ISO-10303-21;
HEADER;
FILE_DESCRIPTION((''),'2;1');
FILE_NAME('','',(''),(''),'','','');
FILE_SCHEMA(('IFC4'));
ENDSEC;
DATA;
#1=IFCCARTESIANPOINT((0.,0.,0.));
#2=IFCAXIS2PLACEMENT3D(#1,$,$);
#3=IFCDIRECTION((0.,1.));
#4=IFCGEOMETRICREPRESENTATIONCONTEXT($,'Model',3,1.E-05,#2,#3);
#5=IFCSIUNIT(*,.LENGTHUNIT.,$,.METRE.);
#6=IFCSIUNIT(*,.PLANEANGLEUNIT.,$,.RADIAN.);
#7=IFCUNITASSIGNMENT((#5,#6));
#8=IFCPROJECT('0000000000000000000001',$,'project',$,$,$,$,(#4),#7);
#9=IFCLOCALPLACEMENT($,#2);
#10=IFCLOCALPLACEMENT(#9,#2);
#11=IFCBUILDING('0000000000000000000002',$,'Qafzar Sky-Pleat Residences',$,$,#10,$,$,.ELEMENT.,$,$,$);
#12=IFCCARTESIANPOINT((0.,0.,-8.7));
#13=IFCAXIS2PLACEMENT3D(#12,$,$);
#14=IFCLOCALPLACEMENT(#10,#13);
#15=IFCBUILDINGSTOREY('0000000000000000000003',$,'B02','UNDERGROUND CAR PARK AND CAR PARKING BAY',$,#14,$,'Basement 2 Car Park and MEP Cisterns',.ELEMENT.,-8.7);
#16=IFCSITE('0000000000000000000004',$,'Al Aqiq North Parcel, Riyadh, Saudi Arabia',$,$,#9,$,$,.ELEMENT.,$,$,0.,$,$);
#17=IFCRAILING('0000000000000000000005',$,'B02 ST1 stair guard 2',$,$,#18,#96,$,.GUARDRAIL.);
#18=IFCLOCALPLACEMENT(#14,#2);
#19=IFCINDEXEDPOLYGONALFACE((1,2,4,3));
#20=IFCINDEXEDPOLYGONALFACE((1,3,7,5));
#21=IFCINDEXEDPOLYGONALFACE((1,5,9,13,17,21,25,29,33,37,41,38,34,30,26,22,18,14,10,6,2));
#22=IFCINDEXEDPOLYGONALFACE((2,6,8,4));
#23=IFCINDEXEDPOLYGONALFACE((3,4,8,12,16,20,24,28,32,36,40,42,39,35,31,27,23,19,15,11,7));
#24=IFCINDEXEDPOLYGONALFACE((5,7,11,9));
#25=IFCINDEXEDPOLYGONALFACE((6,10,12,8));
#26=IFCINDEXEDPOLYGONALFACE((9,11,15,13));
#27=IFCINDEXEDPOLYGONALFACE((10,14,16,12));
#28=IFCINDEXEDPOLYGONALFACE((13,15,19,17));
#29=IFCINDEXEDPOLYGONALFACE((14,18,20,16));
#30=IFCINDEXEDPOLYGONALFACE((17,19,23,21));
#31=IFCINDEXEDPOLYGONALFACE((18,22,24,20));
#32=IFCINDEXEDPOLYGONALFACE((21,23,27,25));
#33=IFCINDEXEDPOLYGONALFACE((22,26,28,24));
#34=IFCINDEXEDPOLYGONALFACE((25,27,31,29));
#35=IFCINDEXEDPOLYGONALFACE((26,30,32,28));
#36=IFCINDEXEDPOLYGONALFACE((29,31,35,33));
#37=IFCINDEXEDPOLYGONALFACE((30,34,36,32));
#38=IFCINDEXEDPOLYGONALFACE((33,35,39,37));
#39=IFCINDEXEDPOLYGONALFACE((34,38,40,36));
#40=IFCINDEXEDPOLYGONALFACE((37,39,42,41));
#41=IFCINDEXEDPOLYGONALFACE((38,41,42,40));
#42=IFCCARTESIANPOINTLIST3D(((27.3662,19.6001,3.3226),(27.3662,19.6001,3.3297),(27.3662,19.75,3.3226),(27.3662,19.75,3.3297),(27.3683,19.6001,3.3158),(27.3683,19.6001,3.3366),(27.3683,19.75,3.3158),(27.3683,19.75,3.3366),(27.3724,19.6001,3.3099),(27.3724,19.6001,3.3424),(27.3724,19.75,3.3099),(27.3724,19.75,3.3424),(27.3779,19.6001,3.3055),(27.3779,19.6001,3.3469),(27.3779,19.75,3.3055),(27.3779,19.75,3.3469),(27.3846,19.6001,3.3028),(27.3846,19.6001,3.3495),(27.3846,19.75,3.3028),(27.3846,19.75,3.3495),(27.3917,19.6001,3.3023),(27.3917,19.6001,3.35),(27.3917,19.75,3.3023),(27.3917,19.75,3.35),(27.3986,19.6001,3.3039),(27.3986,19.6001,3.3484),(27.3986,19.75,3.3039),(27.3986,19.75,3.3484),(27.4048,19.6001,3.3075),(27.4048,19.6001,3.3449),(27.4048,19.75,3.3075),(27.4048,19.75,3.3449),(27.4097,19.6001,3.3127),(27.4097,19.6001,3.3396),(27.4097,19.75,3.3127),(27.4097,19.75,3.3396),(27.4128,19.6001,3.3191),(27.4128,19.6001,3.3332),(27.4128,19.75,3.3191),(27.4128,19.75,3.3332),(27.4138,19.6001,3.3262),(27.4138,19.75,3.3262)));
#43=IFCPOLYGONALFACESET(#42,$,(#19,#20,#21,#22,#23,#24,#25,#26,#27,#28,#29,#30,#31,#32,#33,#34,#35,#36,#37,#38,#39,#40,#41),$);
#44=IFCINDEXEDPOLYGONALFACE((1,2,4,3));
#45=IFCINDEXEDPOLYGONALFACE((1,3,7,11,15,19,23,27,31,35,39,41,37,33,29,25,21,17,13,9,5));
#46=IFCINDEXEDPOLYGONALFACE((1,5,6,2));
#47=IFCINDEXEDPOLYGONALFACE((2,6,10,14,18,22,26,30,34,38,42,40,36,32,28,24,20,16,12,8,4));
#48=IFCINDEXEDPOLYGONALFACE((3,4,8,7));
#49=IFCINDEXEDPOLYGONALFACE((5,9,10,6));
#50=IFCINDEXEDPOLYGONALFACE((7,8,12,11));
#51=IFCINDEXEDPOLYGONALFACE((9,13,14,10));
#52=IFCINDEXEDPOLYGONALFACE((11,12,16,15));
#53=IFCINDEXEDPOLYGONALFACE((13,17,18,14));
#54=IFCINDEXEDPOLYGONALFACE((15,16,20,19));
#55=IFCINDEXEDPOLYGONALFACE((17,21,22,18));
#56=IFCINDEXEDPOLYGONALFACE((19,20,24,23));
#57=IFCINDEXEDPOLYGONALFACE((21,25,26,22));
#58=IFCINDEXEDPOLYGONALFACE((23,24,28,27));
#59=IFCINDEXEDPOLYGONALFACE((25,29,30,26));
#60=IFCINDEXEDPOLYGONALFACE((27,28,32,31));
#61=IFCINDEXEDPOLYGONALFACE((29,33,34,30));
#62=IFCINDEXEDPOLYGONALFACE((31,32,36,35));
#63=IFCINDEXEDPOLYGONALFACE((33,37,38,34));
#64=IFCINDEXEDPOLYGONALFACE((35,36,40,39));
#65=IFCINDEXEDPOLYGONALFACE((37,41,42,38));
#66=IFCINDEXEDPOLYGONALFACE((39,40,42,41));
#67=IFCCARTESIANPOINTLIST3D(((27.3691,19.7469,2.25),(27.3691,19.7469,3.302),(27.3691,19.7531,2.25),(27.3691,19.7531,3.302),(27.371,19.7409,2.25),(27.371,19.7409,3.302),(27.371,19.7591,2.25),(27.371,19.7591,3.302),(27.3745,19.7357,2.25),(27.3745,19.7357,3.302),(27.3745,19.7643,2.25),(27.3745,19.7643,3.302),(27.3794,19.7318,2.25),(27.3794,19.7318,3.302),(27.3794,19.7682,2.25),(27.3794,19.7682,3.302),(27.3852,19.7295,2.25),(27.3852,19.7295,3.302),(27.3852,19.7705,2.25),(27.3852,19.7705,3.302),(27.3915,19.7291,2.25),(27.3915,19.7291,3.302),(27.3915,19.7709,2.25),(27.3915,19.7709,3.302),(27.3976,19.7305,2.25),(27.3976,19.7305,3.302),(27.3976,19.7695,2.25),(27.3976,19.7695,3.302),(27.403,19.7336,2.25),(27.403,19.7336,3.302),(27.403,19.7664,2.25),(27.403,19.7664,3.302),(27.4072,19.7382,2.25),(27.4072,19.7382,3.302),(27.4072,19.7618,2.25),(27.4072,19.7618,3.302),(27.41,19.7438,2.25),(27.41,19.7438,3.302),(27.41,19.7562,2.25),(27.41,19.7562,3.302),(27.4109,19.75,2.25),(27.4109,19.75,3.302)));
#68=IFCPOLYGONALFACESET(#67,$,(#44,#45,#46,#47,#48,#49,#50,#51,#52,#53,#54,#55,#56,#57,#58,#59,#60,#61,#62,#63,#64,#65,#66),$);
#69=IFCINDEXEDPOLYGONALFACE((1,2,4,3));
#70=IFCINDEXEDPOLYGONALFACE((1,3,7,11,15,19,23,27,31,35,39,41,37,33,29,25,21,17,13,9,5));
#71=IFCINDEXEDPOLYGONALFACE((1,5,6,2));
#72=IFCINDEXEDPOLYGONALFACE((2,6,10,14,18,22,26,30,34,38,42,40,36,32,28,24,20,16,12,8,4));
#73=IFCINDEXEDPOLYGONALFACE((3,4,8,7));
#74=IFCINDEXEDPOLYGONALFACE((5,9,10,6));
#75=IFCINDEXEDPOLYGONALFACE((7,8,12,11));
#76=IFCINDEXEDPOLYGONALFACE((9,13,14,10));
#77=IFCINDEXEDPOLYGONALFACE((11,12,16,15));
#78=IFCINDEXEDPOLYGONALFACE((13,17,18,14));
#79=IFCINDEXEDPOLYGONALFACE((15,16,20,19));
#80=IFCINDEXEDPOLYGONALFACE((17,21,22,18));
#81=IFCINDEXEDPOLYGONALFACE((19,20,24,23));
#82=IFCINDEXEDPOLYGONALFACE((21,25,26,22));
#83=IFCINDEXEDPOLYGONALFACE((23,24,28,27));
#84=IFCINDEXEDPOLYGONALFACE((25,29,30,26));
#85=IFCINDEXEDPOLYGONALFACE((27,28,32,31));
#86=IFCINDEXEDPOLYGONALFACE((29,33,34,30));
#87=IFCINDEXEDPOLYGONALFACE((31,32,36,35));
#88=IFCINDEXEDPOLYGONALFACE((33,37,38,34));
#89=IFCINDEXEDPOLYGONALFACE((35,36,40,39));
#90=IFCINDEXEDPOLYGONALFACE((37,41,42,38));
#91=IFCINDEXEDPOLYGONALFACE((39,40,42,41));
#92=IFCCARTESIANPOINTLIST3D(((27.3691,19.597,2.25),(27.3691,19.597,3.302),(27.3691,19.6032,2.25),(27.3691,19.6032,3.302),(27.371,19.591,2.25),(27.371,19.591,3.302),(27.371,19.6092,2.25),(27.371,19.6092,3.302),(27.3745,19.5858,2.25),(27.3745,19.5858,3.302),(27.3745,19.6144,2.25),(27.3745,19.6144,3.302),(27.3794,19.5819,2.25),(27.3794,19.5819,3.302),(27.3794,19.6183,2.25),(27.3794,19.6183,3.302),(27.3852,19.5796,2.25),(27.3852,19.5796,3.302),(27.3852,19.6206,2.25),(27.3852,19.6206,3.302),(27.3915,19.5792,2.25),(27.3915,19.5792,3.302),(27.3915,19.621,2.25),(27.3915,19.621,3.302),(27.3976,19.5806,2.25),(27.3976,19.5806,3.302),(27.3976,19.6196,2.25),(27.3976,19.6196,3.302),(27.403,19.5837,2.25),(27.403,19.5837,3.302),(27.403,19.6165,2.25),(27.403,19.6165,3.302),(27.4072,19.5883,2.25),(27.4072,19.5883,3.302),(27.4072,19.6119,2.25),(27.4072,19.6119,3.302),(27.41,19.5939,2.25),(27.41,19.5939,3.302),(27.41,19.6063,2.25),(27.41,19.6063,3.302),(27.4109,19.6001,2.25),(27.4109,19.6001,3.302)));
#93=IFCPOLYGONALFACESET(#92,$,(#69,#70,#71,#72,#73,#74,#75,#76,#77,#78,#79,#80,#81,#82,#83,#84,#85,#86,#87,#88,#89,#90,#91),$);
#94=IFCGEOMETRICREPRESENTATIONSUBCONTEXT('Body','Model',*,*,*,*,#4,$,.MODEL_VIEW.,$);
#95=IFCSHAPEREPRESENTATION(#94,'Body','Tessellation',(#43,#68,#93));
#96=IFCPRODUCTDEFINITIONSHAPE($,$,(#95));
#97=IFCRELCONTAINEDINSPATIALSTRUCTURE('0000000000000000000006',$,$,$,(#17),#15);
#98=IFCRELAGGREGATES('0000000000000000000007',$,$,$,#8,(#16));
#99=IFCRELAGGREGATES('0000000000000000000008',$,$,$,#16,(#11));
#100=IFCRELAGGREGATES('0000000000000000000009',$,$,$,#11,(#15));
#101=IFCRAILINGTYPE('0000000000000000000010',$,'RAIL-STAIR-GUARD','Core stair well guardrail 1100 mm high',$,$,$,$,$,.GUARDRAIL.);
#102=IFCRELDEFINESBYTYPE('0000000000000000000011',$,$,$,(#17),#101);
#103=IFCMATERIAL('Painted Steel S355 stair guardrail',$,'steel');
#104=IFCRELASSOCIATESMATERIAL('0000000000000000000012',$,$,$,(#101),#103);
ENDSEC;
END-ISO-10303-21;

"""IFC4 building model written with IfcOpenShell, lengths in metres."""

from ifc_helpers import new_model, si_unit, direction, frame, origin, origin_2d, place, context, subcontext, project, spatial, circle, extrude, source, transform, mapped, material, type_object, element, save


model = new_model("IFC4")

# Units and contexts
model_context = context("Model", 3, precision=1e-05, world=origin(), true_north=direction((0.0, 1.0)))
body_context = subcontext(model_context, "Body", "Model", "MODEL_VIEW")
ifc_project = project(units=[si_unit("LENGTHUNIT", "METRE"), si_unit("PLANEANGLEUNIT", "RADIAN")], contexts=[model_context])

# Site, building, storey
site_placement = place(None, origin())
site = spatial("IfcSite", under=ifc_project, at=site_placement, Name="Al Aqiq North Parcel, Riyadh, Saudi Arabia", CompositionType="ELEMENT", RefElevation=0.0)
building_placement = place(site_placement, origin())
building = spatial("IfcBuilding", under=site, at=building_placement, Name="Qafzar Sky-Pleat Residences", CompositionType="ELEMENT")
storey_placement = place(building_placement, frame((0.0, 0.0, -8.7)))
storey = spatial("IfcBuildingStorey", under=building, at=storey_placement, Name="B02", Description="UNDERGROUND CAR PARK AND CAR PARKING BAY", LongName="Basement 2 Car Park and MEP Cisterns", CompositionType="ELEMENT", Elevation=-8.7)

# Railing
ifc_material_1 = material(Name="Painted Steel S355 stair guardrail", Category="steel")
railing_type_1 = type_object("IfcRailingType", Name="RAIL-STAIR-GUARD", Description="Core stair well guardrail 1100 mm high", PredefinedType="GUARDRAIL", material=ifc_material_1)
shared_shape_1 = source(origin(), body_context, "Body", "SweptSolid", [
    extrude(circle(Radius=0.0239, at=origin_2d()), frame((0.0, 0.0, 1.0762), z_axis=(0.0, -1.0, 0.0), x_axis=(1.0, 0.0, 0.0)), (0.0, 0.0, 1.0), 0.1499),
    extrude(circle(Radius=0.021, at=origin_2d()), origin(), (0.0, 0.0, 1.0), 1.052),
    extrude(circle(Radius=0.021, at=origin_2d()), frame((0.0, -0.1499, 0.0)), (0.0, 0.0, 1.0), 1.052),
])
railing_1_placement = place(storey_placement, frame((27.3899, 19.75, 2.25)))
element("IfcRailing", 1, at=railing_1_placement, inside=storey, type_object=railing_type_1, Name="B02 ST1 stair guard 2", PredefinedType="GUARDRAIL", context=body_context, shape_type="MappedRepresentation", body=[
    mapped(shared_shape_1, transform((0.0, 0.0, 0.0), x_axis=(1.0, 0.0, 0.0), y_axis=(0.0, 1.0, 0.0), z_axis=(0.0, 0.0, 1.0), scale=1.0)),
])

save(model, "model.ifc")
